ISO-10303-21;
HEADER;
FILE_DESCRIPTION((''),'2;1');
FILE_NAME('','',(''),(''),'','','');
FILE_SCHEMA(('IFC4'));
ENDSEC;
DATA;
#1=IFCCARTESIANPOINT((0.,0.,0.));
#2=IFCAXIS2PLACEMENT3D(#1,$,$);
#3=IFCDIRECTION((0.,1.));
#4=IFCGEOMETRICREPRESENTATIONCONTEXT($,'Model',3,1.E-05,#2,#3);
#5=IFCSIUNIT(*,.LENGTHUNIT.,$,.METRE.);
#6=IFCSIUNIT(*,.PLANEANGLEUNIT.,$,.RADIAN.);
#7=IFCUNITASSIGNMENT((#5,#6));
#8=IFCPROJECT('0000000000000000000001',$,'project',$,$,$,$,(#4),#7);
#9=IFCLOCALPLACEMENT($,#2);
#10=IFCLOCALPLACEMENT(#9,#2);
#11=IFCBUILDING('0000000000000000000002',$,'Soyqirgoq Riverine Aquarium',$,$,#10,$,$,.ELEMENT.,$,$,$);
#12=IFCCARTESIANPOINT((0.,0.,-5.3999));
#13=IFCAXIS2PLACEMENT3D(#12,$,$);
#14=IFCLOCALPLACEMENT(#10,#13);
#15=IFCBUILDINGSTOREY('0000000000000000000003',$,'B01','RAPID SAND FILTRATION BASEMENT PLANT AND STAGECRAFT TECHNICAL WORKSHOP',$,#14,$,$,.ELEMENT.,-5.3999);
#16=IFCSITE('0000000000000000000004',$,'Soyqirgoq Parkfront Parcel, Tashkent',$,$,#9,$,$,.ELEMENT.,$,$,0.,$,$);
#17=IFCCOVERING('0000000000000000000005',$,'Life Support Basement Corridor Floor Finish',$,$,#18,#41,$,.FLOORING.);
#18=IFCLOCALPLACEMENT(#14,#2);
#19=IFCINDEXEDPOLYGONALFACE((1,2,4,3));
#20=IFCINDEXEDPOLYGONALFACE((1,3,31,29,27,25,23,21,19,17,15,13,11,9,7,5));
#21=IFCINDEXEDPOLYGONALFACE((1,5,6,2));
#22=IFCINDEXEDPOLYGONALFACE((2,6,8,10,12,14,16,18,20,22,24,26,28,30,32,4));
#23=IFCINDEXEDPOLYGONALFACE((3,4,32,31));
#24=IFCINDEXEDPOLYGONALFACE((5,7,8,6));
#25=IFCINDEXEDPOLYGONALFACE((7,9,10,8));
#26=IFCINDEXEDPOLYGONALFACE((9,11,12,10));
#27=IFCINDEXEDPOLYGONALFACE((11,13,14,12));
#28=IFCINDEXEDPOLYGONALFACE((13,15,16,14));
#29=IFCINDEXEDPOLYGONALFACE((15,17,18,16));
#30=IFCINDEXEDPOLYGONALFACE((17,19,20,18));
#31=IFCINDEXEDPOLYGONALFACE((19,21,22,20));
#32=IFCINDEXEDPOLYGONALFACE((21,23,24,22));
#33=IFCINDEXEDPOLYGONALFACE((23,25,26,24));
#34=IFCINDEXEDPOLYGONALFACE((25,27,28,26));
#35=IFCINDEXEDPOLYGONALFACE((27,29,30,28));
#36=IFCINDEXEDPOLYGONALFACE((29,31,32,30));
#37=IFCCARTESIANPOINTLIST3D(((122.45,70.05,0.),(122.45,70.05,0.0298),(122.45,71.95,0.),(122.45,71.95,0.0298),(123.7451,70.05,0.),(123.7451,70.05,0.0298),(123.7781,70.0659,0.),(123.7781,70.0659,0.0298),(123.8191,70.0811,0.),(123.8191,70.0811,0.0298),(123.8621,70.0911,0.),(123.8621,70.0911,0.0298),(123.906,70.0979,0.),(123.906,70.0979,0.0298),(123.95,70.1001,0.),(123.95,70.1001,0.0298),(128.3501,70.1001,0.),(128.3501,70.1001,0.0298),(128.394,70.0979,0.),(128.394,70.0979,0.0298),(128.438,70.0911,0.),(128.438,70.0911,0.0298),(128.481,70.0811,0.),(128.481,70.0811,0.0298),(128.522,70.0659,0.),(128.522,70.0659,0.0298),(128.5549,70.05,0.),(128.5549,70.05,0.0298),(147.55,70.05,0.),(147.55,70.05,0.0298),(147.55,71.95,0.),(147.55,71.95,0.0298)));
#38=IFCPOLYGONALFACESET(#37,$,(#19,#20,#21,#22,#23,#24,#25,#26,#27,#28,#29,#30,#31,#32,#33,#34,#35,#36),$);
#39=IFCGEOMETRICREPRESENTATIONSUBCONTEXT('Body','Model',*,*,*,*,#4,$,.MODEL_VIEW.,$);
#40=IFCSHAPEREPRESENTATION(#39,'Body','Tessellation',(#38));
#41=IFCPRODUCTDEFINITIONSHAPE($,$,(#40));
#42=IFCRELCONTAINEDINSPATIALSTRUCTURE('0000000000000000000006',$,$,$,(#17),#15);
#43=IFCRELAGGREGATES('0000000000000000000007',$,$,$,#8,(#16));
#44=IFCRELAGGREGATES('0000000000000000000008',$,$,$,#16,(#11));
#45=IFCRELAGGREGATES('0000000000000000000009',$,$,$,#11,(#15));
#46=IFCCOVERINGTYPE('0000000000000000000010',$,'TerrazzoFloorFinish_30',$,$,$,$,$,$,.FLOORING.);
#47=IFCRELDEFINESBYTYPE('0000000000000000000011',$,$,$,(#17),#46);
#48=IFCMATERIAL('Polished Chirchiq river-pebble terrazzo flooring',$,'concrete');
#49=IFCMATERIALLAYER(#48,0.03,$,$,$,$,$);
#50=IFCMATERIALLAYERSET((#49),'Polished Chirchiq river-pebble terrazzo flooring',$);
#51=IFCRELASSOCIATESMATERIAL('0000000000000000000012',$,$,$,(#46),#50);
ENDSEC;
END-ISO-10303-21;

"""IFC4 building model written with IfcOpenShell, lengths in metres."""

from ifc_helpers import new_model, si_unit, direction, frame, origin, place, context, subcontext, project, spatial, polyline, outline, extrude, material, layer, layer_set, type_object, element, save


model = new_model("IFC4")

# Units and contexts
model_context = context("Model", 3, precision=1e-05, world=origin(), true_north=direction((0.0, 1.0)))
body_context = subcontext(model_context, "Body", "Model", "MODEL_VIEW")
ifc_project = project(units=[si_unit("LENGTHUNIT", "METRE"), si_unit("PLANEANGLEUNIT", "RADIAN")], contexts=[model_context])

# Site, building, storey
site_placement = place(None, origin())
site = spatial("IfcSite", under=ifc_project, at=site_placement, Name="Soyqirgoq Parkfront Parcel, Tashkent", CompositionType="ELEMENT", RefElevation=0.0)
building_placement = place(site_placement, origin())
building = spatial("IfcBuilding", under=site, at=building_placement, Name="Soyqirgoq Riverine Aquarium", CompositionType="ELEMENT")
storey_placement = place(building_placement, frame((0.0, 0.0, -5.3999)))
storey = spatial("IfcBuildingStorey", under=building, at=storey_placement, Name="B01", Description="RAPID SAND FILTRATION BASEMENT PLANT AND STAGECRAFT TECHNICAL WORKSHOP", CompositionType="ELEMENT", Elevation=-5.3999)

# Covering
ifc_material_1 = material(Name="Polished Chirchiq river-pebble terrazzo flooring", Category="concrete")
ifc_layer_1 = layer(ifc_material_1, 0.03)
ifc_layer_set_1 = layer_set([ifc_layer_1], Name="Polished Chirchiq river-pebble terrazzo flooring")
covering_type_1 = type_object("IfcCoveringType", Name="TerrazzoFloorFinish_30", PredefinedType="FLOORING", material=ifc_layer_set_1)
covering_1_placement = place(storey_placement, origin())
element("IfcCovering", 1, at=covering_1_placement, inside=storey, type_object=covering_type_1, Name="Life Support Basement Corridor Floor Finish", PredefinedType="FLOORING", context=body_context, shape_type="SweptSolid", body=[
    extrude(outline(polyline([(122.45, 70.05), (122.45, 71.95), (147.55, 71.95), (147.55, 70.05), (128.5549, 70.05), (128.522, 70.0659), (128.481, 70.0811), (128.438, 70.0911), (128.394, 70.0979), (128.3501, 70.1001), (123.95, 70.1001), (123.906, 70.0979), (123.8621, 70.0911), (123.8191, 70.0811), (123.7781, 70.0659), (123.7451, 70.05), (122.45, 70.05)])), origin(), (0.0, 0.0, 1.0), 0.0298),
])

save(model, "model.ifc")
